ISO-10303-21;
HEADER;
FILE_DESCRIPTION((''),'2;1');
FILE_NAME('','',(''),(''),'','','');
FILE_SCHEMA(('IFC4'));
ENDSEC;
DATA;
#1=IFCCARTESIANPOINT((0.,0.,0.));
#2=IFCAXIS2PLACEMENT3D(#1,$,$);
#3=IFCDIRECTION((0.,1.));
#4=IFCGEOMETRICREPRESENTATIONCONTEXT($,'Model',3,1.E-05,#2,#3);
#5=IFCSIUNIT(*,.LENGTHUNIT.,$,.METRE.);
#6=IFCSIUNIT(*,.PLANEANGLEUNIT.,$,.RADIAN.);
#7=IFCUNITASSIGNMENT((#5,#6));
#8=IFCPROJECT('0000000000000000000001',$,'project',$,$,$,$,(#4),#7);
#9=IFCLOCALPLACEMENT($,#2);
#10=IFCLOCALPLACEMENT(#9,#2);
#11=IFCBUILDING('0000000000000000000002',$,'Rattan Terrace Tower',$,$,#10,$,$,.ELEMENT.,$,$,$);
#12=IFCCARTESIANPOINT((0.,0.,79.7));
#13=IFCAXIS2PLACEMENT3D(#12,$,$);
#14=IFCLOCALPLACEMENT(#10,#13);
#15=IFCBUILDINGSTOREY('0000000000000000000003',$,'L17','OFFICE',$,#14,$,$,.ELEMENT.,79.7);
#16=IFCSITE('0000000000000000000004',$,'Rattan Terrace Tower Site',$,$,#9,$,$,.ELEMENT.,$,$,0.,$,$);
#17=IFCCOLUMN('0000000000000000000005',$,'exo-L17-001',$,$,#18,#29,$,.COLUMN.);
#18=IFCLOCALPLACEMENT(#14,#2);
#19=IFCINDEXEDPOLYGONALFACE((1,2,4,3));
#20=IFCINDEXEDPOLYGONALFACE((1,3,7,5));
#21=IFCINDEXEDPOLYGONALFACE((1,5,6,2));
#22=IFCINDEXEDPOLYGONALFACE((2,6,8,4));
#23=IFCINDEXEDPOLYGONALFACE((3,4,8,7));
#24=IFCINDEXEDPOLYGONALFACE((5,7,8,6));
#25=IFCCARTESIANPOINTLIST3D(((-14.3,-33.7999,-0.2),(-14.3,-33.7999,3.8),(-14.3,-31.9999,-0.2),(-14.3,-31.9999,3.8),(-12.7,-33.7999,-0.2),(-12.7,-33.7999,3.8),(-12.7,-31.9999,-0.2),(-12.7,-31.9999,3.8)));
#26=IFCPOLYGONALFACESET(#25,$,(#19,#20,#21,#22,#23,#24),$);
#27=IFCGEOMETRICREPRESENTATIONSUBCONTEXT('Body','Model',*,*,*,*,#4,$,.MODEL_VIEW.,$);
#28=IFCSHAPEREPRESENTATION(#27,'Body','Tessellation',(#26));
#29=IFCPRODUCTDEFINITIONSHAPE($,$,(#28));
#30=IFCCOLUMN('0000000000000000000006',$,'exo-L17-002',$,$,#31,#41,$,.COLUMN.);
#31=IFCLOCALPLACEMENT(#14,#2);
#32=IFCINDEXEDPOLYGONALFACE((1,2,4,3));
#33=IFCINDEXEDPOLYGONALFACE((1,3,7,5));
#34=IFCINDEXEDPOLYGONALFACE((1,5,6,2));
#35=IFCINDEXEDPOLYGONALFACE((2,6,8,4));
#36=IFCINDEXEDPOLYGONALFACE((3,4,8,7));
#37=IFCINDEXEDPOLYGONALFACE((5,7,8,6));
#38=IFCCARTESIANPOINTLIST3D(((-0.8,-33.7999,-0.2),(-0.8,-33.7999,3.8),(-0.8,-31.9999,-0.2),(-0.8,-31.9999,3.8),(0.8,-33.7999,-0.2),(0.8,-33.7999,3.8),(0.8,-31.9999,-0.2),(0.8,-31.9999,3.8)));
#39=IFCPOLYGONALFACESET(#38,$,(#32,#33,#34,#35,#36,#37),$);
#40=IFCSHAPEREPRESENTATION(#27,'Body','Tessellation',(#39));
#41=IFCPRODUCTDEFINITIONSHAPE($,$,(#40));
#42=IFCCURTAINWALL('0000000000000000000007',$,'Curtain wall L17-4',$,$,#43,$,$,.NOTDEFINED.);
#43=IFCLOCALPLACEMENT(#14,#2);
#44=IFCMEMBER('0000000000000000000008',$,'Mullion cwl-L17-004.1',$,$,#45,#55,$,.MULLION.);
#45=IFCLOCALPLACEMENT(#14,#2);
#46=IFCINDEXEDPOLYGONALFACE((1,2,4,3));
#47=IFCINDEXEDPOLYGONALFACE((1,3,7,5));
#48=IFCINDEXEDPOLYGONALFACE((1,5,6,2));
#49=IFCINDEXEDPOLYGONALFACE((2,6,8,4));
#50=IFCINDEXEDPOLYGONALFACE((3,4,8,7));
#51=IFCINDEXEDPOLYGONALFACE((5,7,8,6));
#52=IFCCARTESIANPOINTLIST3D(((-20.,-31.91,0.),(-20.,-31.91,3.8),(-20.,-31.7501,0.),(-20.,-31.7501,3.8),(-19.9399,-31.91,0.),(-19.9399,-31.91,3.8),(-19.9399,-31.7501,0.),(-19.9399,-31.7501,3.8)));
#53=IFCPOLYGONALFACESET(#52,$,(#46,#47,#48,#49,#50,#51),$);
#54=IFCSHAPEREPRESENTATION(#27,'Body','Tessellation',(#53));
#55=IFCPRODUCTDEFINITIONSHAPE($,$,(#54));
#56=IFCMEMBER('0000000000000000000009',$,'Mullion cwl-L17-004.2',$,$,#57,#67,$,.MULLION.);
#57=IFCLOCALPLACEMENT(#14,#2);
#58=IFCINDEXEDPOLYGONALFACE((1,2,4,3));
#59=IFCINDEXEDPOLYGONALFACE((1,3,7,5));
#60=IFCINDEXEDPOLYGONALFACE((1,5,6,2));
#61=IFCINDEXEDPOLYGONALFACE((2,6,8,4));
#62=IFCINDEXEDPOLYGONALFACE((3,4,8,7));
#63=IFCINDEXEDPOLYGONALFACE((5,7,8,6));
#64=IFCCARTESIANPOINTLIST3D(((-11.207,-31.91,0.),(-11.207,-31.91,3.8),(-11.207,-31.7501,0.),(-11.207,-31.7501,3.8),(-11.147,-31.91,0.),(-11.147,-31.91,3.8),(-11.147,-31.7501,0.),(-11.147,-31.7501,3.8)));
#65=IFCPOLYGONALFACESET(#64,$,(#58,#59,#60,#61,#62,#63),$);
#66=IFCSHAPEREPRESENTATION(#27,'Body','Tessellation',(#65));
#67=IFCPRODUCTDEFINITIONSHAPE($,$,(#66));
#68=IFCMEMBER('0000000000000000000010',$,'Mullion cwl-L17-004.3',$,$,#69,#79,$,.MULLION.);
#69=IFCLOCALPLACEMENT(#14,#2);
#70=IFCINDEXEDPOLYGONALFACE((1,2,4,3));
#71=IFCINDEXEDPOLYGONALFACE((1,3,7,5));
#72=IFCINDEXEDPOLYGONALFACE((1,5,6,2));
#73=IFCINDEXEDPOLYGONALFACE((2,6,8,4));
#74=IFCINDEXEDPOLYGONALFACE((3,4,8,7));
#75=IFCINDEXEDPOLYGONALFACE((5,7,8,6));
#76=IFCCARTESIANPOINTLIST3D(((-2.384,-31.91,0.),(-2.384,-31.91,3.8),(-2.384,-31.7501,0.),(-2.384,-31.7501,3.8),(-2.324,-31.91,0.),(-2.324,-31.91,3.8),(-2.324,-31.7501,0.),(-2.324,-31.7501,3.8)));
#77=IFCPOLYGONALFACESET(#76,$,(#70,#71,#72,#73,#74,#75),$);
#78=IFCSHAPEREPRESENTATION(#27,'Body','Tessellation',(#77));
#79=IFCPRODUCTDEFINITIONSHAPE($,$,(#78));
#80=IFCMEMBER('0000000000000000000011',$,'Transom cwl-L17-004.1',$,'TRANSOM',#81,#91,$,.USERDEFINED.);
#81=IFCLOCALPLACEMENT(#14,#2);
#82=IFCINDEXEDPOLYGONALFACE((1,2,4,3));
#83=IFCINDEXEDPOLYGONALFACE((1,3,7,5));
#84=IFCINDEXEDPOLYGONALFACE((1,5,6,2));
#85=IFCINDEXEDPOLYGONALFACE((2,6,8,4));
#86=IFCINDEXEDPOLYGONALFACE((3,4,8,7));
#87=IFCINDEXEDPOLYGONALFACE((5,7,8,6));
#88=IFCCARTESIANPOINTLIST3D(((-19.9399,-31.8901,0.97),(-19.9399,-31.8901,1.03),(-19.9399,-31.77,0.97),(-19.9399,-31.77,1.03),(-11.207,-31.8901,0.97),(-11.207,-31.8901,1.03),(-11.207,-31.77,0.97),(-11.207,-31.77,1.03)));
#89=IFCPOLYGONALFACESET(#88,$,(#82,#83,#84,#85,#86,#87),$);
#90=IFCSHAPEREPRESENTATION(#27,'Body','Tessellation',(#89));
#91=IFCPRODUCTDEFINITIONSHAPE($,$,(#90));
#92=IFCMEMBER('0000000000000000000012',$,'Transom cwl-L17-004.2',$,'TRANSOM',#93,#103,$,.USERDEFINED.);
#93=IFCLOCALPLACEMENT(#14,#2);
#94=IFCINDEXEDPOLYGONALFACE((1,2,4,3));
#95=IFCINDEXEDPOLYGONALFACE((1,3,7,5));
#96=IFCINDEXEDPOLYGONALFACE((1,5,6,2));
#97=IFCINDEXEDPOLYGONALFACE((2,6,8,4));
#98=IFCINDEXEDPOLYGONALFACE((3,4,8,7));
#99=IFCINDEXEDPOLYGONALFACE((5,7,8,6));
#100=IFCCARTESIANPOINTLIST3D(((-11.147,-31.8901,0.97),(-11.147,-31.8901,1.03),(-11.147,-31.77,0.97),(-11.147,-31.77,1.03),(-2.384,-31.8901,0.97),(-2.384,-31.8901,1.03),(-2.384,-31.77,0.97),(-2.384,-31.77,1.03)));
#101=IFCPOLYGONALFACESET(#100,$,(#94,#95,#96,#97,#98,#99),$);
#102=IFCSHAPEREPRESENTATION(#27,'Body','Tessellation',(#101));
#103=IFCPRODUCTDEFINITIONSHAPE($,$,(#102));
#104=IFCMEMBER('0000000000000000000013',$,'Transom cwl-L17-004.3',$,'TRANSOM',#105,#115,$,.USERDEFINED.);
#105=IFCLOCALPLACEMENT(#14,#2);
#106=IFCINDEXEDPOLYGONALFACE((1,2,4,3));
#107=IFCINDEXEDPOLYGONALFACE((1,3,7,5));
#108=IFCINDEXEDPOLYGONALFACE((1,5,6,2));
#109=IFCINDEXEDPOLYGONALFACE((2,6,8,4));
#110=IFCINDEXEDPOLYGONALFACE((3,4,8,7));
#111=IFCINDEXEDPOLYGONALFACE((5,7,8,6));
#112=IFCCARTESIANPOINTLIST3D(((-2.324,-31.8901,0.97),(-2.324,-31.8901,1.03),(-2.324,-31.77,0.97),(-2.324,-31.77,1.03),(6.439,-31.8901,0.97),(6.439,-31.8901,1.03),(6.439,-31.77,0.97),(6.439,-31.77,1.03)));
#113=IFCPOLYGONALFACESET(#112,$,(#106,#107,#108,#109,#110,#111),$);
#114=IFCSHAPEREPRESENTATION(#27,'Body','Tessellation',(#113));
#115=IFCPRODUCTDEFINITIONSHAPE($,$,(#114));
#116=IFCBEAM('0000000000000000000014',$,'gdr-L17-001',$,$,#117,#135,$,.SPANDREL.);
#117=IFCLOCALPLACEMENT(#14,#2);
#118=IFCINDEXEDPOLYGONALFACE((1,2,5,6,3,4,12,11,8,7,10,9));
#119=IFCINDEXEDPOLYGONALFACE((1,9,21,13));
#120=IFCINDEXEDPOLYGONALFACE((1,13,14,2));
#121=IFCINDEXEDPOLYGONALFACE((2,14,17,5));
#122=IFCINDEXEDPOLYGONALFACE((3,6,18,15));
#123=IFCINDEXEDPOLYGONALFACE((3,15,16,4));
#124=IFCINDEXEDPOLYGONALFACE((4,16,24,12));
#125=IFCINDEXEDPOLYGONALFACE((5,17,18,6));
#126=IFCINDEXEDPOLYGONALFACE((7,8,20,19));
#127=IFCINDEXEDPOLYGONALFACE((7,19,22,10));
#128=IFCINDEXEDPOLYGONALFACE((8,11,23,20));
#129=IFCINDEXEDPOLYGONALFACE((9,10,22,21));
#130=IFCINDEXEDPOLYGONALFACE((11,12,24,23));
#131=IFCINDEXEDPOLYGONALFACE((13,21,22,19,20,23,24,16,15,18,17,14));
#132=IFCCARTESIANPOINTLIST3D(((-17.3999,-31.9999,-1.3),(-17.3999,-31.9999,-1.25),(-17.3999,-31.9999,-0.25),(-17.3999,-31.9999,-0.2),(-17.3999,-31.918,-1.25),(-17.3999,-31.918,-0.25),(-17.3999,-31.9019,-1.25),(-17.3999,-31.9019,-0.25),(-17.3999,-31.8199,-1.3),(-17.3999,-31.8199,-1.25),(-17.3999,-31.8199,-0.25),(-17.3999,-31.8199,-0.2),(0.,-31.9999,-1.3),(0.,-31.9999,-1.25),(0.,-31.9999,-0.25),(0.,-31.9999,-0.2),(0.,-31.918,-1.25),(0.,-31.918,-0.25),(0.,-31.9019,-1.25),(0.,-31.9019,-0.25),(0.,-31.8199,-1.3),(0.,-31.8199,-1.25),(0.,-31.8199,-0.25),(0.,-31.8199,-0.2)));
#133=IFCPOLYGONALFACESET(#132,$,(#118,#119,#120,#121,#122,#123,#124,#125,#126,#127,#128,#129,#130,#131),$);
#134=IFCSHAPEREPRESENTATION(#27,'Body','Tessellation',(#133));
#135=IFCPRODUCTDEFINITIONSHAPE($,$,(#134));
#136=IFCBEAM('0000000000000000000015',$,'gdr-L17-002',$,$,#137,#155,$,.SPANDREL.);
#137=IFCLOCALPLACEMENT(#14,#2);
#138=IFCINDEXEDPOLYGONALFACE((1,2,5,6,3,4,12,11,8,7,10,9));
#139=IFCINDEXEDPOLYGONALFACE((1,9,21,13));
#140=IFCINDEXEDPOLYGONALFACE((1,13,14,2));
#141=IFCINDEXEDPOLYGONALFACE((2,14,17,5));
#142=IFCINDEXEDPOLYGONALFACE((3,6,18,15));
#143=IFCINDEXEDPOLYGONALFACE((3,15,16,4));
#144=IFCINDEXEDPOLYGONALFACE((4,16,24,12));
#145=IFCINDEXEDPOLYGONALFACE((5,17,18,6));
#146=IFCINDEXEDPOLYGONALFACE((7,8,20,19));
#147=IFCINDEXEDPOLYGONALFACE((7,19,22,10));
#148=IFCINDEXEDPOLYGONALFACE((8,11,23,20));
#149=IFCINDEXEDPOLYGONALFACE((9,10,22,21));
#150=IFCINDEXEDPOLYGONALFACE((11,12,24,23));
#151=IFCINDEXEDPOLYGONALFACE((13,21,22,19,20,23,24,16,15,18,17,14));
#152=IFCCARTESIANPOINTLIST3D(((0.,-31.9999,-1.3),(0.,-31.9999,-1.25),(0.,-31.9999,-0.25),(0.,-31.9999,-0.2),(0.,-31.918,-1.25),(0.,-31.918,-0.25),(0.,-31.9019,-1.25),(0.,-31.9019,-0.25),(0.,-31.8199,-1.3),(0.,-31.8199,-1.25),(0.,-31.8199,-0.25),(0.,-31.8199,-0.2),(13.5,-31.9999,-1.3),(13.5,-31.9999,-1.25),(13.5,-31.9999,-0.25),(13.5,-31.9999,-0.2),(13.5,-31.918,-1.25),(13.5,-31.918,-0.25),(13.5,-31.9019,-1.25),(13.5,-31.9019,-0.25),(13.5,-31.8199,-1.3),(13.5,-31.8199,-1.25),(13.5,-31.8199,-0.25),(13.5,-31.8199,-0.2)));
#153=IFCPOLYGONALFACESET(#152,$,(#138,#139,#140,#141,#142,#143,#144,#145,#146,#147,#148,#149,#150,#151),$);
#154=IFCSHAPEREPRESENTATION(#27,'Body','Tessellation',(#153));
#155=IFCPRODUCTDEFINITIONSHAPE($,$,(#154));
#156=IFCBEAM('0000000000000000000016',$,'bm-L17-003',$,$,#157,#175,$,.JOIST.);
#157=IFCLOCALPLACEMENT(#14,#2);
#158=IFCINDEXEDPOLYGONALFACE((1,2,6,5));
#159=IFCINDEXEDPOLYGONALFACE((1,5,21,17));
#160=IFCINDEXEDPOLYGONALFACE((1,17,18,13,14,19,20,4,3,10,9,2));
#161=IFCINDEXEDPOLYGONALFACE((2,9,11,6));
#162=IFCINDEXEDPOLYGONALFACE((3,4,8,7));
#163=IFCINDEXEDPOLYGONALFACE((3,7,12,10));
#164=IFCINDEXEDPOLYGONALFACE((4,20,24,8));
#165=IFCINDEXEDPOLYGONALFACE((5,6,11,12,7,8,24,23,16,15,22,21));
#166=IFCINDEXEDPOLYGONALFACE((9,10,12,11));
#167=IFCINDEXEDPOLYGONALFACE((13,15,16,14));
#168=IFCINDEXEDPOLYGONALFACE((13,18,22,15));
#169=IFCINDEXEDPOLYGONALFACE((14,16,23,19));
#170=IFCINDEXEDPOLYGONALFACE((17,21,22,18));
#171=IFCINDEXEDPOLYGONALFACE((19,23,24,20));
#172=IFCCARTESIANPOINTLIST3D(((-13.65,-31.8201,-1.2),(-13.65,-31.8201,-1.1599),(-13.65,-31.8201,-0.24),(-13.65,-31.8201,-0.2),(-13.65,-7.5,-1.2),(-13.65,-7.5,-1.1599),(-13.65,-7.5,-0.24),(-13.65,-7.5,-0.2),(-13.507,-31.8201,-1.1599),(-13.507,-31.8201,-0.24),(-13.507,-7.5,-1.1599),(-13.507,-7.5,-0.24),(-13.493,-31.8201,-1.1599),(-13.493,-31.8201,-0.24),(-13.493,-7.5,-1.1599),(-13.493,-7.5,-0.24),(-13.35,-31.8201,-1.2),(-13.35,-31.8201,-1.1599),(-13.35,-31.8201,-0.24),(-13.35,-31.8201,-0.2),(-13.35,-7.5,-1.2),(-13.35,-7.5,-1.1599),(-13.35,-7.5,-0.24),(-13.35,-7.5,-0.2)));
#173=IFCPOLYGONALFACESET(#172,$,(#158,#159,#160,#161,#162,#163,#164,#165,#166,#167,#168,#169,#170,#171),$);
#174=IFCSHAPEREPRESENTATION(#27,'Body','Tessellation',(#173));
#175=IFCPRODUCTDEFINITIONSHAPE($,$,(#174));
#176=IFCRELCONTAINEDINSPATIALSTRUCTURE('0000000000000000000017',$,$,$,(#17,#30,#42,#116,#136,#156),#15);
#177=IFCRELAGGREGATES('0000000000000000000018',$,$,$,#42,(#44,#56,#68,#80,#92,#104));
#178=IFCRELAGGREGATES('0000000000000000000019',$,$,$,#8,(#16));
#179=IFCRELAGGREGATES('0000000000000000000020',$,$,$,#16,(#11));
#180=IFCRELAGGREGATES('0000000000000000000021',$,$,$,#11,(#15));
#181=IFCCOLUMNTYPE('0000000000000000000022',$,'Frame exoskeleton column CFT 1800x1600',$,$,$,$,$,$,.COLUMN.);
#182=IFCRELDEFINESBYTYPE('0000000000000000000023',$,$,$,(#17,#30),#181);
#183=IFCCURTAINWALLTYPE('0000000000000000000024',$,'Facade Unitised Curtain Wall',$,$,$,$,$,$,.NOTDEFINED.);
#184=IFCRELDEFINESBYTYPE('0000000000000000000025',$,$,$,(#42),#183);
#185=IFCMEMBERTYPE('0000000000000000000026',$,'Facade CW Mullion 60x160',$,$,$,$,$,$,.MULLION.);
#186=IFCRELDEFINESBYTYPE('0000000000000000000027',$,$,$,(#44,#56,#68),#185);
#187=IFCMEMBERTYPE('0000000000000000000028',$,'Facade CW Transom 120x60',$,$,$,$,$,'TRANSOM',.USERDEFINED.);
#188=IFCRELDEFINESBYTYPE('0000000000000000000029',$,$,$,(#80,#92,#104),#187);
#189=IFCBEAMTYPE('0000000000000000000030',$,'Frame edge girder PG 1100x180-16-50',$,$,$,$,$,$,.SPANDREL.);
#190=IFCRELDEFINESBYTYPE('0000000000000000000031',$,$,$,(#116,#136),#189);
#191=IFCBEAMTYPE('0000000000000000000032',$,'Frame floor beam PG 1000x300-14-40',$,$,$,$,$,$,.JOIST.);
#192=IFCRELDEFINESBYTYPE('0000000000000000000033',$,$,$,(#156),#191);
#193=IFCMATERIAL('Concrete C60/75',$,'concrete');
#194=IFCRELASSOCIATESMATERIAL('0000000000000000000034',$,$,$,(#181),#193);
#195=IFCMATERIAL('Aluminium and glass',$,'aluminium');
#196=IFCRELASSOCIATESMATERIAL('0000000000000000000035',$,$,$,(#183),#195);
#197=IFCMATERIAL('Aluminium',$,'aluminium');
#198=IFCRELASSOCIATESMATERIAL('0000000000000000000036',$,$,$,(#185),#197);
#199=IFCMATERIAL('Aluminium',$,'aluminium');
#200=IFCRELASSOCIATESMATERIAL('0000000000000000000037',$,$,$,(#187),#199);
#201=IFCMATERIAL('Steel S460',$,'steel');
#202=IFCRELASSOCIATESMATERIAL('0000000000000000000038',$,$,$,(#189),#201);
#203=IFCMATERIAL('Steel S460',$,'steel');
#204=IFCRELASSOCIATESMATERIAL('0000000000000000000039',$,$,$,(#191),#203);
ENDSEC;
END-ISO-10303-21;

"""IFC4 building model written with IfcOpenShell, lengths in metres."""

from ifc_helpers import new_model, si_unit, direction, frame, origin, origin_2d, place, context, subcontext, project, spatial, rectangle, i_section, extrude, material, material_profile, profile_set, type_object, element, aggregate, save


model = new_model("IFC4")

# Units and contexts
model_context = context("Model", 3, precision=1e-05, world=origin(), true_north=direction((0.0, 1.0)))
body_context = subcontext(model_context, "Body", "Model", "MODEL_VIEW")
ifc_project = project(units=[si_unit("LENGTHUNIT", "METRE"), si_unit("PLANEANGLEUNIT", "RADIAN")], contexts=[model_context])

# Site, building, storey
site_placement = place(None, origin())
site = spatial("IfcSite", under=ifc_project, at=site_placement, Name="Rattan Terrace Tower Site", CompositionType="ELEMENT", RefElevation=0.0)
building_placement = place(site_placement, origin())
building = spatial("IfcBuilding", under=site, at=building_placement, Name="Rattan Terrace Tower", CompositionType="ELEMENT")
storey_placement = place(building_placement, frame((0.0, 0.0, 79.7)))
storey = spatial("IfcBuildingStorey", under=building, at=storey_placement, Name="L17", Description="OFFICE", CompositionType="ELEMENT", Elevation=79.7)

# Columns
ifc_material_1 = material(Name="Concrete C60/75", Category="concrete")
ifc_material_profile_1 = material_profile(ifc_material_1, rectangle(XDim=1.6001, YDim=1.8, at=origin_2d()), Name="CFT 1800x1600")
ifc_profile_set_1 = profile_set([ifc_material_profile_1], Name="Concrete C60/75")
column_type = type_object("IfcColumnType", Name="Frame exoskeleton column CFT 1800x1600", PredefinedType="COLUMN", material=ifc_profile_set_1)
for number, where, z_axis, x_axis, name in (
    (1, (-13.5, -32.8999, -0.2), (0.0, 0.0, 1.0), (1.0, 0.0, 0.0), "exo-L17-001"),
    (2, (0.0, -32.8999, -0.2), (0.0, 0.0, 1.0), (1.0, 0.0, 0.0), "exo-L17-002"),
):
    element("IfcColumn", number, at=place(storey_placement, frame(where, z_axis=z_axis, x_axis=x_axis)), inside=storey, type_object=column_type, Name=name, PredefinedType="COLUMN", context=body_context, shape_type="SweptSolid", body=[
        extrude(rectangle(XDim=1.6001, YDim=1.8, at=origin_2d()), origin(), (0.0, 0.0, 1.0), 4.0),
    ])

# Curtain wall, members
ifc_material_2 = material(Name="Aluminium and glass", Category="aluminium")
curtain_wall_type = type_object("IfcCurtainWallType", Name="Facade Unitised Curtain Wall", PredefinedType="NOTDEFINED", material=ifc_material_2)
curtain_wall_placement = place(storey_placement, origin())
curtain_wall = element("IfcCurtainWall", 3, at=curtain_wall_placement, inside=storey, type_object=curtain_wall_type, Name="Curtain wall L17-4", PredefinedType="NOTDEFINED")
ifc_material_3 = material(Name="Aluminium", Category="aluminium")
ifc_material_profile_2 = material_profile(ifc_material_3, rectangle(XDim=0.0601, YDim=0.1599, at=origin_2d()), Name="Aluminium 60x160")
ifc_profile_set_2 = profile_set([ifc_material_profile_2], Name="Aluminium")
member_type_1 = type_object("IfcMemberType", Name="Facade CW Mullion 60x160", PredefinedType="MULLION", material=ifc_profile_set_2)
member_1_placement = place(storey_placement, frame((-19.97, -31.8301, 0.0), z_axis=(0.0, 0.0, 1.0), x_axis=(1.0, 0.0, 0.0)))
member_1 = element("IfcMember", 4, at=member_1_placement, type_object=member_type_1, Name="Mullion cwl-L17-004.1", PredefinedType="MULLION", context=body_context, shape_type="SweptSolid", body=[
    extrude(rectangle(XDim=0.0601, YDim=0.1599, at=origin_2d()), origin(), (0.0, 0.0, 1.0), 3.8),
])
member_2_placement = place(storey_placement, frame((-11.177, -31.8301, 0.0), z_axis=(0.0, 0.0, 1.0), x_axis=(1.0, 0.0, 0.0)))
member_2 = element("IfcMember", 5, at=member_2_placement, type_object=member_type_1, Name="Mullion cwl-L17-004.2", PredefinedType="MULLION", context=body_context, shape_type="SweptSolid", body=[
    extrude(rectangle(XDim=0.0601, YDim=0.1599, at=origin_2d()), origin(), (0.0, 0.0, 1.0), 3.8),
])
member_3_placement = place(storey_placement, frame((-2.354, -31.8301, 0.0), z_axis=(0.0, 0.0, 1.0), x_axis=(1.0, 0.0, 0.0)))
member_3 = element("IfcMember", 6, at=member_3_placement, type_object=member_type_1, Name="Mullion cwl-L17-004.3", PredefinedType="MULLION", context=body_context, shape_type="SweptSolid", body=[
    extrude(rectangle(XDim=0.0601, YDim=0.1599, at=origin_2d()), origin(), (0.0, 0.0, 1.0), 3.8),
])
ifc_material_4 = material(Name="Aluminium", Category="aluminium")
ifc_material_profile_3 = material_profile(ifc_material_4, rectangle(XDim=0.1201, YDim=0.0601, at=origin_2d()), Name="Aluminium 120x60")
ifc_profile_set_3 = profile_set([ifc_material_profile_3], Name="Aluminium")
member_type_2 = type_object("IfcMemberType", Name="Facade CW Transom 120x60", ElementType="TRANSOM", PredefinedType="USERDEFINED", material=ifc_profile_set_3)
member_4_placement = place(storey_placement, frame((-19.9399, -31.8301, 1.0), z_axis=(1.0, 0.0, 0.0), x_axis=(0.0, 1.0, 0.0)))
member_4 = element("IfcMember", 7, at=member_4_placement, type_object=member_type_2, Name="Transom cwl-L17-004.1", ObjectType="TRANSOM", PredefinedType="USERDEFINED", context=body_context, shape_type="SweptSolid", body=[
    extrude(rectangle(XDim=0.1201, YDim=0.0601, at=origin_2d()), origin(), (0.0, 0.0, 1.0), 8.7329),
])
member_5_placement = place(storey_placement, frame((-11.147, -31.8301, 1.0), z_axis=(1.0, 0.0, 0.0), x_axis=(0.0, 1.0, 0.0)))
member_5 = element("IfcMember", 8, at=member_5_placement, type_object=member_type_2, Name="Transom cwl-L17-004.2", ObjectType="TRANSOM", PredefinedType="USERDEFINED", context=body_context, shape_type="SweptSolid", body=[
    extrude(rectangle(XDim=0.1201, YDim=0.0601, at=origin_2d()), origin(), (0.0, 0.0, 1.0), 8.7629),
])
member_6_placement = place(storey_placement, frame((-2.324, -31.8301, 1.0), z_axis=(1.0, 0.0, 0.0), x_axis=(0.0, 1.0, 0.0)))
member_6 = element("IfcMember", 9, at=member_6_placement, type_object=member_type_2, Name="Transom cwl-L17-004.3", ObjectType="TRANSOM", PredefinedType="USERDEFINED", context=body_context, shape_type="SweptSolid", body=[
    extrude(rectangle(XDim=0.1201, YDim=0.0601, at=origin_2d()), origin(), (0.0, 0.0, 1.0), 8.7629),
])

# Beams
ifc_material_5 = material(Name="Steel S460", Category="steel")
ifc_material_profile_4 = material_profile(ifc_material_5, i_section(OverallWidth=0.1799, OverallDepth=1.1001, WebThickness=0.0161, FlangeThickness=0.05, at=origin_2d()), Name="PG 1100x180-16-50")
ifc_profile_set_4 = profile_set([ifc_material_profile_4], Name="Steel S460")
beam_type_1 = type_object("IfcBeamType", Name="Frame edge girder PG 1100x180-16-50", PredefinedType="SPANDREL", material=ifc_profile_set_4)
beam_1_placement = place(storey_placement, frame((-17.3999, -31.9099, -0.75), z_axis=(1.0, 0.0, 0.0), x_axis=(0.0, 1.0, 0.0)))
element("IfcBeam", 10, at=beam_1_placement, inside=storey, type_object=beam_type_1, Name="gdr-L17-001", PredefinedType="SPANDREL", context=body_context, shape_type="SweptSolid", body=[
    extrude(i_section(OverallWidth=0.1799, OverallDepth=1.1001, WebThickness=0.0161, FlangeThickness=0.05, at=origin_2d()), origin(), (0.0, 0.0, 1.0), 17.3999),
])
beam_2_placement = place(storey_placement, frame((0.0, -31.9099, -0.75), z_axis=(1.0, 0.0, 0.0), x_axis=(0.0, 1.0, 0.0)))
element("IfcBeam", 11, at=beam_2_placement, inside=storey, type_object=beam_type_1, Name="gdr-L17-002", PredefinedType="SPANDREL", context=body_context, shape_type="SweptSolid", body=[
    extrude(i_section(OverallWidth=0.1799, OverallDepth=1.1001, WebThickness=0.0161, FlangeThickness=0.05, at=origin_2d()), origin(), (0.0, 0.0, 1.0), 13.5),
])
ifc_material_6 = material(Name="Steel S460", Category="steel")
ifc_material_profile_5 = material_profile(ifc_material_6, i_section(OverallWidth=0.3, OverallDepth=1.0, WebThickness=0.0139, FlangeThickness=0.04, at=origin_2d()), Name="PG 1000x300-14-40")
ifc_profile_set_5 = profile_set([ifc_material_profile_5], Name="Steel S460")
beam_type_2 = type_object("IfcBeamType", Name="Frame floor beam PG 1000x300-14-40", PredefinedType="JOIST", material=ifc_profile_set_5)
for number, where, z_axis, x_axis, name in (
    (12, (-13.5, -31.8201, -0.7), (0.0, 1.0, 0.0), (-1.0, 0.0, 0.0), "bm-L17-003"),
):
    element("IfcBeam", number, at=place(storey_placement, frame(where, z_axis=z_axis, x_axis=x_axis)), inside=storey, type_object=beam_type_2, Name=name, PredefinedType="JOIST", context=body_context, shape_type="SweptSolid", body=[
        extrude(i_section(OverallWidth=0.3, OverallDepth=1.0, WebThickness=0.0139, FlangeThickness=0.04, at=origin_2d()), origin(), (0.0, 0.0, 1.0), 24.3201),
    ])

aggregate(curtain_wall, [member_1, member_2, member_3, member_4, member_5, member_6])

save(model, "model.ifc")
